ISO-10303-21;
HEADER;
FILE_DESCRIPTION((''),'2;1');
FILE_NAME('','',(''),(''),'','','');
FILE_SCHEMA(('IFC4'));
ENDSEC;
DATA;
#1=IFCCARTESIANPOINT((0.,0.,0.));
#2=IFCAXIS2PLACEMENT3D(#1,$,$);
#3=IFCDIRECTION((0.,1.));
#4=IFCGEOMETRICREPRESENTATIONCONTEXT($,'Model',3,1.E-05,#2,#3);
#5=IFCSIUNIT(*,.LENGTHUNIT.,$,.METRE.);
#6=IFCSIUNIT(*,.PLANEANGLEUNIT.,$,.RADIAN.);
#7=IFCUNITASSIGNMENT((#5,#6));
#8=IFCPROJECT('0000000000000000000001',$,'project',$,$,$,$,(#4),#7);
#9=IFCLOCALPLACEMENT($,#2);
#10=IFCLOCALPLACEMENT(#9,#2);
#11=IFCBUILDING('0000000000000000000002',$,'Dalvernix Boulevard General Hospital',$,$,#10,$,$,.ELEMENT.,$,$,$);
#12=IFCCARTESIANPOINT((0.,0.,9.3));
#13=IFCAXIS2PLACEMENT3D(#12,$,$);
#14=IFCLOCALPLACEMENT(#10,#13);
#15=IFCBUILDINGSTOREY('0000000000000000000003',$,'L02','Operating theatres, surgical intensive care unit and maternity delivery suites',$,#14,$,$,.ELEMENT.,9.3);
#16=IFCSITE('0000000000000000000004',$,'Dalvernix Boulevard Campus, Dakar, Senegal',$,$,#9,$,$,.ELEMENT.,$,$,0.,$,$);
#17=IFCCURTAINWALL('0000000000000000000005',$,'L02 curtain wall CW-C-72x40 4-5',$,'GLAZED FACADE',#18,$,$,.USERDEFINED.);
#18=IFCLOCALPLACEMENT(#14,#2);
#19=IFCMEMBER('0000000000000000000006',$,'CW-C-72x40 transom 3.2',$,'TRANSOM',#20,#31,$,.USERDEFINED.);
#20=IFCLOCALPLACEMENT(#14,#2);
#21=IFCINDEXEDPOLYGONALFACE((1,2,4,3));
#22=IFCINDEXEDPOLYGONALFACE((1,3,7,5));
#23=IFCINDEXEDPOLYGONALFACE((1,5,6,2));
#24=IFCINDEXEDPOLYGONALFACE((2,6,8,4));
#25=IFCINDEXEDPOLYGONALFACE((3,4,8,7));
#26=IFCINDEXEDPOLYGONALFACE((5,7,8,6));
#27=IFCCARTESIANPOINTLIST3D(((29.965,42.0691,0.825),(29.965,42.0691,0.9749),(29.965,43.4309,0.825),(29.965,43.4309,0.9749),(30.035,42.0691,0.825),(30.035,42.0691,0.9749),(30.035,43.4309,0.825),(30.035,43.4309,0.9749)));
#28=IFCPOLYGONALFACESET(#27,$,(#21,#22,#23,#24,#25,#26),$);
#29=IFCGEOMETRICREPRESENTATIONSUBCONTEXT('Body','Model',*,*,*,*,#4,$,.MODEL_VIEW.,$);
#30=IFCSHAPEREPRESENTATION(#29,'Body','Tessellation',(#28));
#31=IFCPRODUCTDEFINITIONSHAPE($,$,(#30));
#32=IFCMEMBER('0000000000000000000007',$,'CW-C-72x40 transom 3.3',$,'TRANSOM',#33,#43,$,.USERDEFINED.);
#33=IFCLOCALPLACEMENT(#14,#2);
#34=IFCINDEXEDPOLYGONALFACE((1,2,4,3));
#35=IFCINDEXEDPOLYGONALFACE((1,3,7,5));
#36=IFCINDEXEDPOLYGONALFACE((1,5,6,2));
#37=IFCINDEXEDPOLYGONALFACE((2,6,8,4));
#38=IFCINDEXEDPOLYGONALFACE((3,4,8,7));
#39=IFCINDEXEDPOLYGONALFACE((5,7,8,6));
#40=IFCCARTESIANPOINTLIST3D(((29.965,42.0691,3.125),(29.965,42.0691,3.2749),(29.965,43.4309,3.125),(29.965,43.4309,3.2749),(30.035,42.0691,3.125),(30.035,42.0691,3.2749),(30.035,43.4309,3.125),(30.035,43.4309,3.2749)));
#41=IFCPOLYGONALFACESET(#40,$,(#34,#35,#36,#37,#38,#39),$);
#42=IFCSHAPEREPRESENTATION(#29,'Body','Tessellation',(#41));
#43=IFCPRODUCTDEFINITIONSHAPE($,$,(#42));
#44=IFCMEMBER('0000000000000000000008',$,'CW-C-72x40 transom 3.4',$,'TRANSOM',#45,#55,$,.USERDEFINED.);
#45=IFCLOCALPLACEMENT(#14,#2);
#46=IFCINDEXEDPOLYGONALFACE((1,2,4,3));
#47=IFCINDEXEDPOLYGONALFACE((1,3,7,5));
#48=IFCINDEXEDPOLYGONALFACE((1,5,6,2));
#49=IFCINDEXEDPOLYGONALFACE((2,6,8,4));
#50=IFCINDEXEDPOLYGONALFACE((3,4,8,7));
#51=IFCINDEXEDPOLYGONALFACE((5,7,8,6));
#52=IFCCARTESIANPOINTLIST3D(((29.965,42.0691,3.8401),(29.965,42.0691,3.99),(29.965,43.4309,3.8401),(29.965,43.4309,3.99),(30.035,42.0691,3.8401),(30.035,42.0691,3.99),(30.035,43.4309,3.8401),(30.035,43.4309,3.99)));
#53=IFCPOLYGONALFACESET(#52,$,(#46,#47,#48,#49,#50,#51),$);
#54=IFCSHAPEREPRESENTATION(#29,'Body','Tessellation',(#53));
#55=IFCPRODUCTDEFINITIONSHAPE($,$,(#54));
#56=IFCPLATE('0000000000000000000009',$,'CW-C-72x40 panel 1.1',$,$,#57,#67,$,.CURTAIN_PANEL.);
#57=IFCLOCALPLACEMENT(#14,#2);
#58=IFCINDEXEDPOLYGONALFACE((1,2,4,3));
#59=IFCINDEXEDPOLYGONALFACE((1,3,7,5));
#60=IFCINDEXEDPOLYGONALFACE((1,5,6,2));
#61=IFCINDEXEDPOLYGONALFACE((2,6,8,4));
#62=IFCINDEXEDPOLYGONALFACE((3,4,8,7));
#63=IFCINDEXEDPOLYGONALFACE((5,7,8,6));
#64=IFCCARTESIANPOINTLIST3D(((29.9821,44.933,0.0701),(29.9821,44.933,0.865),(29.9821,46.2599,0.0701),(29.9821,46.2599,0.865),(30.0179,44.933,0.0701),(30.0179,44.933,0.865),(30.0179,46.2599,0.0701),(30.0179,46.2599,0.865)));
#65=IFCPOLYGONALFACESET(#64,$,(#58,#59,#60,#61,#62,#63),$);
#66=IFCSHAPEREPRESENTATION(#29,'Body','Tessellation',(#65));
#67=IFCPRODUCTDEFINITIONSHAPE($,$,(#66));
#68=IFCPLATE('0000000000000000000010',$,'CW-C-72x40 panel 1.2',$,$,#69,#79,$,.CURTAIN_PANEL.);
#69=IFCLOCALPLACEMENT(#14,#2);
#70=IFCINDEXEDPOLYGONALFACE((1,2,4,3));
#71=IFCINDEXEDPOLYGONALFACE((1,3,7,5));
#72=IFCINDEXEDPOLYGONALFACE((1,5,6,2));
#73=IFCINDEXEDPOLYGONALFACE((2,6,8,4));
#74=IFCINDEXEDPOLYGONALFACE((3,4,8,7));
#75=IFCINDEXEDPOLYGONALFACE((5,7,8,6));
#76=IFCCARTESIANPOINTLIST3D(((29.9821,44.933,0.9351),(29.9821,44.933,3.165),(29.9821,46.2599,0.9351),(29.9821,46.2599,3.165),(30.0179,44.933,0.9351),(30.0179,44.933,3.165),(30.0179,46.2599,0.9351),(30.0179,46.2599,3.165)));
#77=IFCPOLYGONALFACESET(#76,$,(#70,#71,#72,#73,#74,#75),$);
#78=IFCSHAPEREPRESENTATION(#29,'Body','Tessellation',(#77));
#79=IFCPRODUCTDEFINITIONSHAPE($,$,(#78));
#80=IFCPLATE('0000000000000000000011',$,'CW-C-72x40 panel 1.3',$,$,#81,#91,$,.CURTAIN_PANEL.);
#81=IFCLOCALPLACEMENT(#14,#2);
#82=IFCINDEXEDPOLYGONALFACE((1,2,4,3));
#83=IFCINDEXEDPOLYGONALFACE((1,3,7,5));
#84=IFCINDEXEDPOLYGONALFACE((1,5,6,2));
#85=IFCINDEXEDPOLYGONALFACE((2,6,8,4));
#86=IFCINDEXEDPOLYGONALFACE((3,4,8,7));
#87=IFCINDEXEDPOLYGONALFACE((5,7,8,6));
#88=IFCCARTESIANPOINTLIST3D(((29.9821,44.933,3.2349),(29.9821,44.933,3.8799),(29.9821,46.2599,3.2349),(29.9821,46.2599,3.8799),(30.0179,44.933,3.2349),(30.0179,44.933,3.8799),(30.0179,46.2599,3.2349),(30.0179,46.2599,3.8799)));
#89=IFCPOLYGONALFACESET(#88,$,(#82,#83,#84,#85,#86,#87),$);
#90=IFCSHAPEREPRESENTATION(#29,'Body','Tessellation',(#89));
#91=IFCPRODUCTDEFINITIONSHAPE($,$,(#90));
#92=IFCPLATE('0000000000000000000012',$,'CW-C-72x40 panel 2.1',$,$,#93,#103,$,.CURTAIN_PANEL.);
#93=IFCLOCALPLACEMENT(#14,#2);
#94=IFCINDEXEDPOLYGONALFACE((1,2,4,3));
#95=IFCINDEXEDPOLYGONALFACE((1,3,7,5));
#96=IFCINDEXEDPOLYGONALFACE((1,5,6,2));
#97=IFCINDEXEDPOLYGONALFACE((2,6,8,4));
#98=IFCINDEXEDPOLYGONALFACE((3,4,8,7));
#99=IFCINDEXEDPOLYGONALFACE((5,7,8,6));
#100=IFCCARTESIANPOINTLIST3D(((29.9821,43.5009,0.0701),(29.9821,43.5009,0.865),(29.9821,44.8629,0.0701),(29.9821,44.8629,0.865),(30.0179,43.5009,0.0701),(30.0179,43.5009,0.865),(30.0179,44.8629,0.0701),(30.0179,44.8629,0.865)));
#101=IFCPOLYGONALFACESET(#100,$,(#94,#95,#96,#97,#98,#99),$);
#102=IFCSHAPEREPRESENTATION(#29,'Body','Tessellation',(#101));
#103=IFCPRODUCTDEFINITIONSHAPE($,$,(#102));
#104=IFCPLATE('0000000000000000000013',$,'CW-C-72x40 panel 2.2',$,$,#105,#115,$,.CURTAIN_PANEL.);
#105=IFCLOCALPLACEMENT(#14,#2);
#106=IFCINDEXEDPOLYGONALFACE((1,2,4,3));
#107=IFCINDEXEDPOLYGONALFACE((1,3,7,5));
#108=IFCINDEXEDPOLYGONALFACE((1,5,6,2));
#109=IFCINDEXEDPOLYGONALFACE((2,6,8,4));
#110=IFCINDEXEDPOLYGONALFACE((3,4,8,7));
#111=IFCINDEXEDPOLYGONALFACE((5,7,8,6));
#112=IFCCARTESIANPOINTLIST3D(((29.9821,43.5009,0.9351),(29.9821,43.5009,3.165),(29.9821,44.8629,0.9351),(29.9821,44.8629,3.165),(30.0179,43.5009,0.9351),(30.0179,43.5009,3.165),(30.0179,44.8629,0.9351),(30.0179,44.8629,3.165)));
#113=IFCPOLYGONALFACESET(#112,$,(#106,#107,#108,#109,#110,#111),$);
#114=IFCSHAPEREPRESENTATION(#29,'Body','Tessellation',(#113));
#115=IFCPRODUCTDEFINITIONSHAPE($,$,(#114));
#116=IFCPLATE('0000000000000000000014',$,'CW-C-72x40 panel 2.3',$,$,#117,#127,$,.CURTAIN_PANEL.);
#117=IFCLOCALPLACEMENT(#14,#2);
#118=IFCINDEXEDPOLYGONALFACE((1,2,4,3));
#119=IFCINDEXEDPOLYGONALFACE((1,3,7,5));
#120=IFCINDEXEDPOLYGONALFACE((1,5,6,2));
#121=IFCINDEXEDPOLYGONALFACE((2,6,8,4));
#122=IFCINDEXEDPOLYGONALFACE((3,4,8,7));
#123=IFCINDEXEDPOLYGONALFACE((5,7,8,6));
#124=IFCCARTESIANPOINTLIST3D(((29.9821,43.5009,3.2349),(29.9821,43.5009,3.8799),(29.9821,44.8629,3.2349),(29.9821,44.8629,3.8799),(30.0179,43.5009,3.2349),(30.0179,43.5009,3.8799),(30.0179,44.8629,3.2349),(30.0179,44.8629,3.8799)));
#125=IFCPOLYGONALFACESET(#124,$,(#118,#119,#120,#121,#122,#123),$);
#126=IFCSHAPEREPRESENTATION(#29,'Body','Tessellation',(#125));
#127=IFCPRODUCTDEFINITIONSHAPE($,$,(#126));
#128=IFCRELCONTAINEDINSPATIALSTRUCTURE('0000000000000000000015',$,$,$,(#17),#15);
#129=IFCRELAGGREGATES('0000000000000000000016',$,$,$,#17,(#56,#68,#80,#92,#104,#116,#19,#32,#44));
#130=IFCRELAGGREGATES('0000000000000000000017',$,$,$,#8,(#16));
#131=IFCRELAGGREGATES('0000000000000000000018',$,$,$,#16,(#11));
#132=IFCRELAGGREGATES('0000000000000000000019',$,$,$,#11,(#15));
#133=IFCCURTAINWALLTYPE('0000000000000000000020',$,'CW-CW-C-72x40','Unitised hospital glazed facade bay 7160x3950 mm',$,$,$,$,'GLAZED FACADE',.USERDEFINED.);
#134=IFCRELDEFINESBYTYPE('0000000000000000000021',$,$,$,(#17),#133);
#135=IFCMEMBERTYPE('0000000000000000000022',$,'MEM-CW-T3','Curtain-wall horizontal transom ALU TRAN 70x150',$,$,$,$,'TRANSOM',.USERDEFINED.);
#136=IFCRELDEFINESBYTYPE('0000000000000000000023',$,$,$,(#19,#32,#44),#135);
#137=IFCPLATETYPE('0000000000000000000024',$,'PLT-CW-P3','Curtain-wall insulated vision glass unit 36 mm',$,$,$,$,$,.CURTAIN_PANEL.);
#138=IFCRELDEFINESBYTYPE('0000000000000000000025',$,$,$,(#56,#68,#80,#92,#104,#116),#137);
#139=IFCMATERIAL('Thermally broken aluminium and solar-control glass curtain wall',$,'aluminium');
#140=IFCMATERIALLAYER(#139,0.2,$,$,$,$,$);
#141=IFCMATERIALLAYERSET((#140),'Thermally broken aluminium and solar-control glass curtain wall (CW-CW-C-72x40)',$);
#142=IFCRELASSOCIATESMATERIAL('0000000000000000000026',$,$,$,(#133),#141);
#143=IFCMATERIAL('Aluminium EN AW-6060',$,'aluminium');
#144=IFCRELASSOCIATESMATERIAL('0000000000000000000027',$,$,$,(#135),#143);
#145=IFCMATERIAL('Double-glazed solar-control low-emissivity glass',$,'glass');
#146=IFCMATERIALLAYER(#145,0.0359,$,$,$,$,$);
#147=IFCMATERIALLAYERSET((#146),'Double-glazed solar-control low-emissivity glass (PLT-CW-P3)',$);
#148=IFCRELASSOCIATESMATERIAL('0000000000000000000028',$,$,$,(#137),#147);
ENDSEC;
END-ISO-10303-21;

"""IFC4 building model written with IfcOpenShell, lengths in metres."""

from ifc_helpers import new_model, si_unit, direction, frame, origin, origin_2d, place, context, subcontext, project, spatial, rectangle, extrude, material, layer, layer_set, material_profile, profile_set, type_object, element, aggregate, save


model = new_model("IFC4")

# Units and contexts
model_context = context("Model", 3, precision=1e-05, world=origin(), true_north=direction((0.0, 1.0)))
body_context = subcontext(model_context, "Body", "Model", "MODEL_VIEW")
ifc_project = project(units=[si_unit("LENGTHUNIT", "METRE"), si_unit("PLANEANGLEUNIT", "RADIAN")], contexts=[model_context])

# Site, building, storey
site_placement = place(None, origin())
site = spatial("IfcSite", under=ifc_project, at=site_placement, Name="Dalvernix Boulevard Campus, Dakar, Senegal", CompositionType="ELEMENT", RefElevation=0.0)
building_placement = place(site_placement, origin())
building = spatial("IfcBuilding", under=site, at=building_placement, Name="Dalvernix Boulevard General Hospital", CompositionType="ELEMENT")
storey_placement = place(building_placement, frame((0.0, 0.0, 9.3)))
storey = spatial("IfcBuildingStorey", under=building, at=storey_placement, Name="L02", Description="Operating theatres, surgical intensive care unit and maternity delivery suites", CompositionType="ELEMENT", Elevation=9.3)

# Curtain wall, members, plates
ifc_material_1 = material(Name="Thermally broken aluminium and solar-control glass curtain wall", Category="aluminium")
ifc_layer_1 = layer(ifc_material_1, 0.2)
ifc_layer_set_1 = layer_set([ifc_layer_1], Name="Thermally broken aluminium and solar-control glass curtain wall (CW-CW-C-72x40)")
curtain_wall_type = type_object("IfcCurtainWallType", Name="CW-CW-C-72x40", Description="Unitised hospital glazed facade bay 7160x3950 mm", ElementType="GLAZED FACADE", PredefinedType="USERDEFINED", material=ifc_layer_set_1)
curtain_wall_placement = place(storey_placement, origin())
curtain_wall = element("IfcCurtainWall", 1, at=curtain_wall_placement, inside=storey, type_object=curtain_wall_type, Name="L02 curtain wall CW-C-72x40 4-5", ObjectType="GLAZED FACADE", PredefinedType="USERDEFINED")
ifc_material_2 = material(Name="Aluminium EN AW-6060", Category="aluminium")
ifc_material_profile_1 = material_profile(ifc_material_2, rectangle(XDim=0.0701, YDim=0.1499, at=origin_2d()), Name="ALU TRAN 70x150")
ifc_profile_set_1 = profile_set([ifc_material_profile_1], Name="Aluminium EN AW-6060")
member_type_1 = type_object("IfcMemberType", Name="MEM-CW-T3", Description="Curtain-wall horizontal transom ALU TRAN 70x150", ElementType="TRANSOM", PredefinedType="USERDEFINED", material=ifc_profile_set_1)
member_1_placement = place(storey_placement, frame((30.0, 43.4309, 0.8999), z_axis=(0.0, -1.0, 0.0), x_axis=(1.0, 0.0, 0.0)))
member_1 = element("IfcMember", 2, at=member_1_placement, type_object=member_type_1, Name="CW-C-72x40 transom 3.2", ObjectType="TRANSOM", PredefinedType="USERDEFINED", context=body_context, shape_type="SweptSolid", body=[
    extrude(rectangle(XDim=0.0701, YDim=0.1499, at=origin_2d()), origin(), (0.0, 0.0, 1.0), 1.3618),
])
member_2_placement = place(storey_placement, frame((30.0, 43.4309, 3.2), z_axis=(0.0, -1.0, 0.0), x_axis=(1.0, 0.0, 0.0)))
member_2 = element("IfcMember", 3, at=member_2_placement, type_object=member_type_1, Name="CW-C-72x40 transom 3.3", ObjectType="TRANSOM", PredefinedType="USERDEFINED", context=body_context, shape_type="SweptSolid", body=[
    extrude(rectangle(XDim=0.0701, YDim=0.1499, at=origin_2d()), origin(), (0.0, 0.0, 1.0), 1.3618),
])
member_3_placement = place(storey_placement, frame((30.0, 43.4309, 3.915), z_axis=(0.0, -1.0, 0.0), x_axis=(1.0, 0.0, 0.0)))
member_3 = element("IfcMember", 4, at=member_3_placement, type_object=member_type_1, Name="CW-C-72x40 transom 3.4", ObjectType="TRANSOM", PredefinedType="USERDEFINED", context=body_context, shape_type="SweptSolid", body=[
    extrude(rectangle(XDim=0.0701, YDim=0.1499, at=origin_2d()), origin(), (0.0, 0.0, 1.0), 1.3618),
])
ifc_material_3 = material(Name="Double-glazed solar-control low-emissivity glass", Category="glass")
ifc_layer_2 = layer(ifc_material_3, 0.0359)
ifc_layer_set_2 = layer_set([ifc_layer_2], Name="Double-glazed solar-control low-emissivity glass (PLT-CW-P3)")
plate_type = type_object("IfcPlateType", Name="PLT-CW-P3", Description="Curtain-wall insulated vision glass unit 36 mm", PredefinedType="CURTAIN_PANEL", material=ifc_layer_set_2)
plate_1_placement = place(storey_placement, frame((30.0, 45.5964, 0.0701), z_axis=(0.0, 0.0, 1.0), x_axis=(0.0, -1.0, 0.0)))
plate_1 = element("IfcPlate", 5, at=plate_1_placement, type_object=plate_type, Name="CW-C-72x40 panel 1.1", PredefinedType="CURTAIN_PANEL", context=body_context, shape_type="SweptSolid", body=[
    extrude(rectangle(XDim=1.3269, YDim=0.0359, at=origin_2d()), origin(), (0.0, 0.0, 1.0), 0.7949),
])
plate_2_placement = place(storey_placement, frame((30.0, 45.5964, 0.9351), z_axis=(0.0, 0.0, 1.0), x_axis=(0.0, -1.0, 0.0)))
plate_2 = element("IfcPlate", 6, at=plate_2_placement, type_object=plate_type, Name="CW-C-72x40 panel 1.2", PredefinedType="CURTAIN_PANEL", context=body_context, shape_type="SweptSolid", body=[
    extrude(rectangle(XDim=1.3269, YDim=0.0359, at=origin_2d()), origin(), (0.0, 0.0, 1.0), 2.23),
])
plate_3_placement = place(storey_placement, frame((30.0, 45.5964, 3.2349), z_axis=(0.0, 0.0, 1.0), x_axis=(0.0, -1.0, 0.0)))
plate_3 = element("IfcPlate", 7, at=plate_3_placement, type_object=plate_type, Name="CW-C-72x40 panel 1.3", PredefinedType="CURTAIN_PANEL", context=body_context, shape_type="SweptSolid", body=[
    extrude(rectangle(XDim=1.3269, YDim=0.0359, at=origin_2d()), origin(), (0.0, 0.0, 1.0), 0.645),
])
plate_4_placement = place(storey_placement, frame((30.0, 44.1819, 0.0701), z_axis=(0.0, 0.0, 1.0), x_axis=(0.0, -1.0, 0.0)))
plate_4 = element("IfcPlate", 8, at=plate_4_placement, type_object=plate_type, Name="CW-C-72x40 panel 2.1", PredefinedType="CURTAIN_PANEL", context=body_context, shape_type="SweptSolid", body=[
    extrude(rectangle(XDim=1.3621, YDim=0.0359, at=origin_2d()), origin(), (0.0, 0.0, 1.0), 0.7949),
])
plate_5_placement = place(storey_placement, frame((30.0, 44.1819, 0.9351), z_axis=(0.0, 0.0, 1.0), x_axis=(0.0, -1.0, 0.0)))
plate_5 = element("IfcPlate", 9, at=plate_5_placement, type_object=plate_type, Name="CW-C-72x40 panel 2.2", PredefinedType="CURTAIN_PANEL", context=body_context, shape_type="SweptSolid", body=[
    extrude(rectangle(XDim=1.3621, YDim=0.0359, at=origin_2d()), origin(), (0.0, 0.0, 1.0), 2.23),
])
plate_6_placement = place(storey_placement, frame((30.0, 44.1819, 3.2349), z_axis=(0.0, 0.0, 1.0), x_axis=(0.0, -1.0, 0.0)))
plate_6 = element("IfcPlate", 10, at=plate_6_placement, type_object=plate_type, Name="CW-C-72x40 panel 2.3", PredefinedType="CURTAIN_PANEL", context=body_context, shape_type="SweptSolid", body=[
    extrude(rectangle(XDim=1.3621, YDim=0.0359, at=origin_2d()), origin(), (0.0, 0.0, 1.0), 0.645),
])
aggregate(curtain_wall, [plate_1, plate_2, plate_3, plate_4, plate_5, plate_6, member_1, member_2, member_3])

save(model, "model.ifc")
